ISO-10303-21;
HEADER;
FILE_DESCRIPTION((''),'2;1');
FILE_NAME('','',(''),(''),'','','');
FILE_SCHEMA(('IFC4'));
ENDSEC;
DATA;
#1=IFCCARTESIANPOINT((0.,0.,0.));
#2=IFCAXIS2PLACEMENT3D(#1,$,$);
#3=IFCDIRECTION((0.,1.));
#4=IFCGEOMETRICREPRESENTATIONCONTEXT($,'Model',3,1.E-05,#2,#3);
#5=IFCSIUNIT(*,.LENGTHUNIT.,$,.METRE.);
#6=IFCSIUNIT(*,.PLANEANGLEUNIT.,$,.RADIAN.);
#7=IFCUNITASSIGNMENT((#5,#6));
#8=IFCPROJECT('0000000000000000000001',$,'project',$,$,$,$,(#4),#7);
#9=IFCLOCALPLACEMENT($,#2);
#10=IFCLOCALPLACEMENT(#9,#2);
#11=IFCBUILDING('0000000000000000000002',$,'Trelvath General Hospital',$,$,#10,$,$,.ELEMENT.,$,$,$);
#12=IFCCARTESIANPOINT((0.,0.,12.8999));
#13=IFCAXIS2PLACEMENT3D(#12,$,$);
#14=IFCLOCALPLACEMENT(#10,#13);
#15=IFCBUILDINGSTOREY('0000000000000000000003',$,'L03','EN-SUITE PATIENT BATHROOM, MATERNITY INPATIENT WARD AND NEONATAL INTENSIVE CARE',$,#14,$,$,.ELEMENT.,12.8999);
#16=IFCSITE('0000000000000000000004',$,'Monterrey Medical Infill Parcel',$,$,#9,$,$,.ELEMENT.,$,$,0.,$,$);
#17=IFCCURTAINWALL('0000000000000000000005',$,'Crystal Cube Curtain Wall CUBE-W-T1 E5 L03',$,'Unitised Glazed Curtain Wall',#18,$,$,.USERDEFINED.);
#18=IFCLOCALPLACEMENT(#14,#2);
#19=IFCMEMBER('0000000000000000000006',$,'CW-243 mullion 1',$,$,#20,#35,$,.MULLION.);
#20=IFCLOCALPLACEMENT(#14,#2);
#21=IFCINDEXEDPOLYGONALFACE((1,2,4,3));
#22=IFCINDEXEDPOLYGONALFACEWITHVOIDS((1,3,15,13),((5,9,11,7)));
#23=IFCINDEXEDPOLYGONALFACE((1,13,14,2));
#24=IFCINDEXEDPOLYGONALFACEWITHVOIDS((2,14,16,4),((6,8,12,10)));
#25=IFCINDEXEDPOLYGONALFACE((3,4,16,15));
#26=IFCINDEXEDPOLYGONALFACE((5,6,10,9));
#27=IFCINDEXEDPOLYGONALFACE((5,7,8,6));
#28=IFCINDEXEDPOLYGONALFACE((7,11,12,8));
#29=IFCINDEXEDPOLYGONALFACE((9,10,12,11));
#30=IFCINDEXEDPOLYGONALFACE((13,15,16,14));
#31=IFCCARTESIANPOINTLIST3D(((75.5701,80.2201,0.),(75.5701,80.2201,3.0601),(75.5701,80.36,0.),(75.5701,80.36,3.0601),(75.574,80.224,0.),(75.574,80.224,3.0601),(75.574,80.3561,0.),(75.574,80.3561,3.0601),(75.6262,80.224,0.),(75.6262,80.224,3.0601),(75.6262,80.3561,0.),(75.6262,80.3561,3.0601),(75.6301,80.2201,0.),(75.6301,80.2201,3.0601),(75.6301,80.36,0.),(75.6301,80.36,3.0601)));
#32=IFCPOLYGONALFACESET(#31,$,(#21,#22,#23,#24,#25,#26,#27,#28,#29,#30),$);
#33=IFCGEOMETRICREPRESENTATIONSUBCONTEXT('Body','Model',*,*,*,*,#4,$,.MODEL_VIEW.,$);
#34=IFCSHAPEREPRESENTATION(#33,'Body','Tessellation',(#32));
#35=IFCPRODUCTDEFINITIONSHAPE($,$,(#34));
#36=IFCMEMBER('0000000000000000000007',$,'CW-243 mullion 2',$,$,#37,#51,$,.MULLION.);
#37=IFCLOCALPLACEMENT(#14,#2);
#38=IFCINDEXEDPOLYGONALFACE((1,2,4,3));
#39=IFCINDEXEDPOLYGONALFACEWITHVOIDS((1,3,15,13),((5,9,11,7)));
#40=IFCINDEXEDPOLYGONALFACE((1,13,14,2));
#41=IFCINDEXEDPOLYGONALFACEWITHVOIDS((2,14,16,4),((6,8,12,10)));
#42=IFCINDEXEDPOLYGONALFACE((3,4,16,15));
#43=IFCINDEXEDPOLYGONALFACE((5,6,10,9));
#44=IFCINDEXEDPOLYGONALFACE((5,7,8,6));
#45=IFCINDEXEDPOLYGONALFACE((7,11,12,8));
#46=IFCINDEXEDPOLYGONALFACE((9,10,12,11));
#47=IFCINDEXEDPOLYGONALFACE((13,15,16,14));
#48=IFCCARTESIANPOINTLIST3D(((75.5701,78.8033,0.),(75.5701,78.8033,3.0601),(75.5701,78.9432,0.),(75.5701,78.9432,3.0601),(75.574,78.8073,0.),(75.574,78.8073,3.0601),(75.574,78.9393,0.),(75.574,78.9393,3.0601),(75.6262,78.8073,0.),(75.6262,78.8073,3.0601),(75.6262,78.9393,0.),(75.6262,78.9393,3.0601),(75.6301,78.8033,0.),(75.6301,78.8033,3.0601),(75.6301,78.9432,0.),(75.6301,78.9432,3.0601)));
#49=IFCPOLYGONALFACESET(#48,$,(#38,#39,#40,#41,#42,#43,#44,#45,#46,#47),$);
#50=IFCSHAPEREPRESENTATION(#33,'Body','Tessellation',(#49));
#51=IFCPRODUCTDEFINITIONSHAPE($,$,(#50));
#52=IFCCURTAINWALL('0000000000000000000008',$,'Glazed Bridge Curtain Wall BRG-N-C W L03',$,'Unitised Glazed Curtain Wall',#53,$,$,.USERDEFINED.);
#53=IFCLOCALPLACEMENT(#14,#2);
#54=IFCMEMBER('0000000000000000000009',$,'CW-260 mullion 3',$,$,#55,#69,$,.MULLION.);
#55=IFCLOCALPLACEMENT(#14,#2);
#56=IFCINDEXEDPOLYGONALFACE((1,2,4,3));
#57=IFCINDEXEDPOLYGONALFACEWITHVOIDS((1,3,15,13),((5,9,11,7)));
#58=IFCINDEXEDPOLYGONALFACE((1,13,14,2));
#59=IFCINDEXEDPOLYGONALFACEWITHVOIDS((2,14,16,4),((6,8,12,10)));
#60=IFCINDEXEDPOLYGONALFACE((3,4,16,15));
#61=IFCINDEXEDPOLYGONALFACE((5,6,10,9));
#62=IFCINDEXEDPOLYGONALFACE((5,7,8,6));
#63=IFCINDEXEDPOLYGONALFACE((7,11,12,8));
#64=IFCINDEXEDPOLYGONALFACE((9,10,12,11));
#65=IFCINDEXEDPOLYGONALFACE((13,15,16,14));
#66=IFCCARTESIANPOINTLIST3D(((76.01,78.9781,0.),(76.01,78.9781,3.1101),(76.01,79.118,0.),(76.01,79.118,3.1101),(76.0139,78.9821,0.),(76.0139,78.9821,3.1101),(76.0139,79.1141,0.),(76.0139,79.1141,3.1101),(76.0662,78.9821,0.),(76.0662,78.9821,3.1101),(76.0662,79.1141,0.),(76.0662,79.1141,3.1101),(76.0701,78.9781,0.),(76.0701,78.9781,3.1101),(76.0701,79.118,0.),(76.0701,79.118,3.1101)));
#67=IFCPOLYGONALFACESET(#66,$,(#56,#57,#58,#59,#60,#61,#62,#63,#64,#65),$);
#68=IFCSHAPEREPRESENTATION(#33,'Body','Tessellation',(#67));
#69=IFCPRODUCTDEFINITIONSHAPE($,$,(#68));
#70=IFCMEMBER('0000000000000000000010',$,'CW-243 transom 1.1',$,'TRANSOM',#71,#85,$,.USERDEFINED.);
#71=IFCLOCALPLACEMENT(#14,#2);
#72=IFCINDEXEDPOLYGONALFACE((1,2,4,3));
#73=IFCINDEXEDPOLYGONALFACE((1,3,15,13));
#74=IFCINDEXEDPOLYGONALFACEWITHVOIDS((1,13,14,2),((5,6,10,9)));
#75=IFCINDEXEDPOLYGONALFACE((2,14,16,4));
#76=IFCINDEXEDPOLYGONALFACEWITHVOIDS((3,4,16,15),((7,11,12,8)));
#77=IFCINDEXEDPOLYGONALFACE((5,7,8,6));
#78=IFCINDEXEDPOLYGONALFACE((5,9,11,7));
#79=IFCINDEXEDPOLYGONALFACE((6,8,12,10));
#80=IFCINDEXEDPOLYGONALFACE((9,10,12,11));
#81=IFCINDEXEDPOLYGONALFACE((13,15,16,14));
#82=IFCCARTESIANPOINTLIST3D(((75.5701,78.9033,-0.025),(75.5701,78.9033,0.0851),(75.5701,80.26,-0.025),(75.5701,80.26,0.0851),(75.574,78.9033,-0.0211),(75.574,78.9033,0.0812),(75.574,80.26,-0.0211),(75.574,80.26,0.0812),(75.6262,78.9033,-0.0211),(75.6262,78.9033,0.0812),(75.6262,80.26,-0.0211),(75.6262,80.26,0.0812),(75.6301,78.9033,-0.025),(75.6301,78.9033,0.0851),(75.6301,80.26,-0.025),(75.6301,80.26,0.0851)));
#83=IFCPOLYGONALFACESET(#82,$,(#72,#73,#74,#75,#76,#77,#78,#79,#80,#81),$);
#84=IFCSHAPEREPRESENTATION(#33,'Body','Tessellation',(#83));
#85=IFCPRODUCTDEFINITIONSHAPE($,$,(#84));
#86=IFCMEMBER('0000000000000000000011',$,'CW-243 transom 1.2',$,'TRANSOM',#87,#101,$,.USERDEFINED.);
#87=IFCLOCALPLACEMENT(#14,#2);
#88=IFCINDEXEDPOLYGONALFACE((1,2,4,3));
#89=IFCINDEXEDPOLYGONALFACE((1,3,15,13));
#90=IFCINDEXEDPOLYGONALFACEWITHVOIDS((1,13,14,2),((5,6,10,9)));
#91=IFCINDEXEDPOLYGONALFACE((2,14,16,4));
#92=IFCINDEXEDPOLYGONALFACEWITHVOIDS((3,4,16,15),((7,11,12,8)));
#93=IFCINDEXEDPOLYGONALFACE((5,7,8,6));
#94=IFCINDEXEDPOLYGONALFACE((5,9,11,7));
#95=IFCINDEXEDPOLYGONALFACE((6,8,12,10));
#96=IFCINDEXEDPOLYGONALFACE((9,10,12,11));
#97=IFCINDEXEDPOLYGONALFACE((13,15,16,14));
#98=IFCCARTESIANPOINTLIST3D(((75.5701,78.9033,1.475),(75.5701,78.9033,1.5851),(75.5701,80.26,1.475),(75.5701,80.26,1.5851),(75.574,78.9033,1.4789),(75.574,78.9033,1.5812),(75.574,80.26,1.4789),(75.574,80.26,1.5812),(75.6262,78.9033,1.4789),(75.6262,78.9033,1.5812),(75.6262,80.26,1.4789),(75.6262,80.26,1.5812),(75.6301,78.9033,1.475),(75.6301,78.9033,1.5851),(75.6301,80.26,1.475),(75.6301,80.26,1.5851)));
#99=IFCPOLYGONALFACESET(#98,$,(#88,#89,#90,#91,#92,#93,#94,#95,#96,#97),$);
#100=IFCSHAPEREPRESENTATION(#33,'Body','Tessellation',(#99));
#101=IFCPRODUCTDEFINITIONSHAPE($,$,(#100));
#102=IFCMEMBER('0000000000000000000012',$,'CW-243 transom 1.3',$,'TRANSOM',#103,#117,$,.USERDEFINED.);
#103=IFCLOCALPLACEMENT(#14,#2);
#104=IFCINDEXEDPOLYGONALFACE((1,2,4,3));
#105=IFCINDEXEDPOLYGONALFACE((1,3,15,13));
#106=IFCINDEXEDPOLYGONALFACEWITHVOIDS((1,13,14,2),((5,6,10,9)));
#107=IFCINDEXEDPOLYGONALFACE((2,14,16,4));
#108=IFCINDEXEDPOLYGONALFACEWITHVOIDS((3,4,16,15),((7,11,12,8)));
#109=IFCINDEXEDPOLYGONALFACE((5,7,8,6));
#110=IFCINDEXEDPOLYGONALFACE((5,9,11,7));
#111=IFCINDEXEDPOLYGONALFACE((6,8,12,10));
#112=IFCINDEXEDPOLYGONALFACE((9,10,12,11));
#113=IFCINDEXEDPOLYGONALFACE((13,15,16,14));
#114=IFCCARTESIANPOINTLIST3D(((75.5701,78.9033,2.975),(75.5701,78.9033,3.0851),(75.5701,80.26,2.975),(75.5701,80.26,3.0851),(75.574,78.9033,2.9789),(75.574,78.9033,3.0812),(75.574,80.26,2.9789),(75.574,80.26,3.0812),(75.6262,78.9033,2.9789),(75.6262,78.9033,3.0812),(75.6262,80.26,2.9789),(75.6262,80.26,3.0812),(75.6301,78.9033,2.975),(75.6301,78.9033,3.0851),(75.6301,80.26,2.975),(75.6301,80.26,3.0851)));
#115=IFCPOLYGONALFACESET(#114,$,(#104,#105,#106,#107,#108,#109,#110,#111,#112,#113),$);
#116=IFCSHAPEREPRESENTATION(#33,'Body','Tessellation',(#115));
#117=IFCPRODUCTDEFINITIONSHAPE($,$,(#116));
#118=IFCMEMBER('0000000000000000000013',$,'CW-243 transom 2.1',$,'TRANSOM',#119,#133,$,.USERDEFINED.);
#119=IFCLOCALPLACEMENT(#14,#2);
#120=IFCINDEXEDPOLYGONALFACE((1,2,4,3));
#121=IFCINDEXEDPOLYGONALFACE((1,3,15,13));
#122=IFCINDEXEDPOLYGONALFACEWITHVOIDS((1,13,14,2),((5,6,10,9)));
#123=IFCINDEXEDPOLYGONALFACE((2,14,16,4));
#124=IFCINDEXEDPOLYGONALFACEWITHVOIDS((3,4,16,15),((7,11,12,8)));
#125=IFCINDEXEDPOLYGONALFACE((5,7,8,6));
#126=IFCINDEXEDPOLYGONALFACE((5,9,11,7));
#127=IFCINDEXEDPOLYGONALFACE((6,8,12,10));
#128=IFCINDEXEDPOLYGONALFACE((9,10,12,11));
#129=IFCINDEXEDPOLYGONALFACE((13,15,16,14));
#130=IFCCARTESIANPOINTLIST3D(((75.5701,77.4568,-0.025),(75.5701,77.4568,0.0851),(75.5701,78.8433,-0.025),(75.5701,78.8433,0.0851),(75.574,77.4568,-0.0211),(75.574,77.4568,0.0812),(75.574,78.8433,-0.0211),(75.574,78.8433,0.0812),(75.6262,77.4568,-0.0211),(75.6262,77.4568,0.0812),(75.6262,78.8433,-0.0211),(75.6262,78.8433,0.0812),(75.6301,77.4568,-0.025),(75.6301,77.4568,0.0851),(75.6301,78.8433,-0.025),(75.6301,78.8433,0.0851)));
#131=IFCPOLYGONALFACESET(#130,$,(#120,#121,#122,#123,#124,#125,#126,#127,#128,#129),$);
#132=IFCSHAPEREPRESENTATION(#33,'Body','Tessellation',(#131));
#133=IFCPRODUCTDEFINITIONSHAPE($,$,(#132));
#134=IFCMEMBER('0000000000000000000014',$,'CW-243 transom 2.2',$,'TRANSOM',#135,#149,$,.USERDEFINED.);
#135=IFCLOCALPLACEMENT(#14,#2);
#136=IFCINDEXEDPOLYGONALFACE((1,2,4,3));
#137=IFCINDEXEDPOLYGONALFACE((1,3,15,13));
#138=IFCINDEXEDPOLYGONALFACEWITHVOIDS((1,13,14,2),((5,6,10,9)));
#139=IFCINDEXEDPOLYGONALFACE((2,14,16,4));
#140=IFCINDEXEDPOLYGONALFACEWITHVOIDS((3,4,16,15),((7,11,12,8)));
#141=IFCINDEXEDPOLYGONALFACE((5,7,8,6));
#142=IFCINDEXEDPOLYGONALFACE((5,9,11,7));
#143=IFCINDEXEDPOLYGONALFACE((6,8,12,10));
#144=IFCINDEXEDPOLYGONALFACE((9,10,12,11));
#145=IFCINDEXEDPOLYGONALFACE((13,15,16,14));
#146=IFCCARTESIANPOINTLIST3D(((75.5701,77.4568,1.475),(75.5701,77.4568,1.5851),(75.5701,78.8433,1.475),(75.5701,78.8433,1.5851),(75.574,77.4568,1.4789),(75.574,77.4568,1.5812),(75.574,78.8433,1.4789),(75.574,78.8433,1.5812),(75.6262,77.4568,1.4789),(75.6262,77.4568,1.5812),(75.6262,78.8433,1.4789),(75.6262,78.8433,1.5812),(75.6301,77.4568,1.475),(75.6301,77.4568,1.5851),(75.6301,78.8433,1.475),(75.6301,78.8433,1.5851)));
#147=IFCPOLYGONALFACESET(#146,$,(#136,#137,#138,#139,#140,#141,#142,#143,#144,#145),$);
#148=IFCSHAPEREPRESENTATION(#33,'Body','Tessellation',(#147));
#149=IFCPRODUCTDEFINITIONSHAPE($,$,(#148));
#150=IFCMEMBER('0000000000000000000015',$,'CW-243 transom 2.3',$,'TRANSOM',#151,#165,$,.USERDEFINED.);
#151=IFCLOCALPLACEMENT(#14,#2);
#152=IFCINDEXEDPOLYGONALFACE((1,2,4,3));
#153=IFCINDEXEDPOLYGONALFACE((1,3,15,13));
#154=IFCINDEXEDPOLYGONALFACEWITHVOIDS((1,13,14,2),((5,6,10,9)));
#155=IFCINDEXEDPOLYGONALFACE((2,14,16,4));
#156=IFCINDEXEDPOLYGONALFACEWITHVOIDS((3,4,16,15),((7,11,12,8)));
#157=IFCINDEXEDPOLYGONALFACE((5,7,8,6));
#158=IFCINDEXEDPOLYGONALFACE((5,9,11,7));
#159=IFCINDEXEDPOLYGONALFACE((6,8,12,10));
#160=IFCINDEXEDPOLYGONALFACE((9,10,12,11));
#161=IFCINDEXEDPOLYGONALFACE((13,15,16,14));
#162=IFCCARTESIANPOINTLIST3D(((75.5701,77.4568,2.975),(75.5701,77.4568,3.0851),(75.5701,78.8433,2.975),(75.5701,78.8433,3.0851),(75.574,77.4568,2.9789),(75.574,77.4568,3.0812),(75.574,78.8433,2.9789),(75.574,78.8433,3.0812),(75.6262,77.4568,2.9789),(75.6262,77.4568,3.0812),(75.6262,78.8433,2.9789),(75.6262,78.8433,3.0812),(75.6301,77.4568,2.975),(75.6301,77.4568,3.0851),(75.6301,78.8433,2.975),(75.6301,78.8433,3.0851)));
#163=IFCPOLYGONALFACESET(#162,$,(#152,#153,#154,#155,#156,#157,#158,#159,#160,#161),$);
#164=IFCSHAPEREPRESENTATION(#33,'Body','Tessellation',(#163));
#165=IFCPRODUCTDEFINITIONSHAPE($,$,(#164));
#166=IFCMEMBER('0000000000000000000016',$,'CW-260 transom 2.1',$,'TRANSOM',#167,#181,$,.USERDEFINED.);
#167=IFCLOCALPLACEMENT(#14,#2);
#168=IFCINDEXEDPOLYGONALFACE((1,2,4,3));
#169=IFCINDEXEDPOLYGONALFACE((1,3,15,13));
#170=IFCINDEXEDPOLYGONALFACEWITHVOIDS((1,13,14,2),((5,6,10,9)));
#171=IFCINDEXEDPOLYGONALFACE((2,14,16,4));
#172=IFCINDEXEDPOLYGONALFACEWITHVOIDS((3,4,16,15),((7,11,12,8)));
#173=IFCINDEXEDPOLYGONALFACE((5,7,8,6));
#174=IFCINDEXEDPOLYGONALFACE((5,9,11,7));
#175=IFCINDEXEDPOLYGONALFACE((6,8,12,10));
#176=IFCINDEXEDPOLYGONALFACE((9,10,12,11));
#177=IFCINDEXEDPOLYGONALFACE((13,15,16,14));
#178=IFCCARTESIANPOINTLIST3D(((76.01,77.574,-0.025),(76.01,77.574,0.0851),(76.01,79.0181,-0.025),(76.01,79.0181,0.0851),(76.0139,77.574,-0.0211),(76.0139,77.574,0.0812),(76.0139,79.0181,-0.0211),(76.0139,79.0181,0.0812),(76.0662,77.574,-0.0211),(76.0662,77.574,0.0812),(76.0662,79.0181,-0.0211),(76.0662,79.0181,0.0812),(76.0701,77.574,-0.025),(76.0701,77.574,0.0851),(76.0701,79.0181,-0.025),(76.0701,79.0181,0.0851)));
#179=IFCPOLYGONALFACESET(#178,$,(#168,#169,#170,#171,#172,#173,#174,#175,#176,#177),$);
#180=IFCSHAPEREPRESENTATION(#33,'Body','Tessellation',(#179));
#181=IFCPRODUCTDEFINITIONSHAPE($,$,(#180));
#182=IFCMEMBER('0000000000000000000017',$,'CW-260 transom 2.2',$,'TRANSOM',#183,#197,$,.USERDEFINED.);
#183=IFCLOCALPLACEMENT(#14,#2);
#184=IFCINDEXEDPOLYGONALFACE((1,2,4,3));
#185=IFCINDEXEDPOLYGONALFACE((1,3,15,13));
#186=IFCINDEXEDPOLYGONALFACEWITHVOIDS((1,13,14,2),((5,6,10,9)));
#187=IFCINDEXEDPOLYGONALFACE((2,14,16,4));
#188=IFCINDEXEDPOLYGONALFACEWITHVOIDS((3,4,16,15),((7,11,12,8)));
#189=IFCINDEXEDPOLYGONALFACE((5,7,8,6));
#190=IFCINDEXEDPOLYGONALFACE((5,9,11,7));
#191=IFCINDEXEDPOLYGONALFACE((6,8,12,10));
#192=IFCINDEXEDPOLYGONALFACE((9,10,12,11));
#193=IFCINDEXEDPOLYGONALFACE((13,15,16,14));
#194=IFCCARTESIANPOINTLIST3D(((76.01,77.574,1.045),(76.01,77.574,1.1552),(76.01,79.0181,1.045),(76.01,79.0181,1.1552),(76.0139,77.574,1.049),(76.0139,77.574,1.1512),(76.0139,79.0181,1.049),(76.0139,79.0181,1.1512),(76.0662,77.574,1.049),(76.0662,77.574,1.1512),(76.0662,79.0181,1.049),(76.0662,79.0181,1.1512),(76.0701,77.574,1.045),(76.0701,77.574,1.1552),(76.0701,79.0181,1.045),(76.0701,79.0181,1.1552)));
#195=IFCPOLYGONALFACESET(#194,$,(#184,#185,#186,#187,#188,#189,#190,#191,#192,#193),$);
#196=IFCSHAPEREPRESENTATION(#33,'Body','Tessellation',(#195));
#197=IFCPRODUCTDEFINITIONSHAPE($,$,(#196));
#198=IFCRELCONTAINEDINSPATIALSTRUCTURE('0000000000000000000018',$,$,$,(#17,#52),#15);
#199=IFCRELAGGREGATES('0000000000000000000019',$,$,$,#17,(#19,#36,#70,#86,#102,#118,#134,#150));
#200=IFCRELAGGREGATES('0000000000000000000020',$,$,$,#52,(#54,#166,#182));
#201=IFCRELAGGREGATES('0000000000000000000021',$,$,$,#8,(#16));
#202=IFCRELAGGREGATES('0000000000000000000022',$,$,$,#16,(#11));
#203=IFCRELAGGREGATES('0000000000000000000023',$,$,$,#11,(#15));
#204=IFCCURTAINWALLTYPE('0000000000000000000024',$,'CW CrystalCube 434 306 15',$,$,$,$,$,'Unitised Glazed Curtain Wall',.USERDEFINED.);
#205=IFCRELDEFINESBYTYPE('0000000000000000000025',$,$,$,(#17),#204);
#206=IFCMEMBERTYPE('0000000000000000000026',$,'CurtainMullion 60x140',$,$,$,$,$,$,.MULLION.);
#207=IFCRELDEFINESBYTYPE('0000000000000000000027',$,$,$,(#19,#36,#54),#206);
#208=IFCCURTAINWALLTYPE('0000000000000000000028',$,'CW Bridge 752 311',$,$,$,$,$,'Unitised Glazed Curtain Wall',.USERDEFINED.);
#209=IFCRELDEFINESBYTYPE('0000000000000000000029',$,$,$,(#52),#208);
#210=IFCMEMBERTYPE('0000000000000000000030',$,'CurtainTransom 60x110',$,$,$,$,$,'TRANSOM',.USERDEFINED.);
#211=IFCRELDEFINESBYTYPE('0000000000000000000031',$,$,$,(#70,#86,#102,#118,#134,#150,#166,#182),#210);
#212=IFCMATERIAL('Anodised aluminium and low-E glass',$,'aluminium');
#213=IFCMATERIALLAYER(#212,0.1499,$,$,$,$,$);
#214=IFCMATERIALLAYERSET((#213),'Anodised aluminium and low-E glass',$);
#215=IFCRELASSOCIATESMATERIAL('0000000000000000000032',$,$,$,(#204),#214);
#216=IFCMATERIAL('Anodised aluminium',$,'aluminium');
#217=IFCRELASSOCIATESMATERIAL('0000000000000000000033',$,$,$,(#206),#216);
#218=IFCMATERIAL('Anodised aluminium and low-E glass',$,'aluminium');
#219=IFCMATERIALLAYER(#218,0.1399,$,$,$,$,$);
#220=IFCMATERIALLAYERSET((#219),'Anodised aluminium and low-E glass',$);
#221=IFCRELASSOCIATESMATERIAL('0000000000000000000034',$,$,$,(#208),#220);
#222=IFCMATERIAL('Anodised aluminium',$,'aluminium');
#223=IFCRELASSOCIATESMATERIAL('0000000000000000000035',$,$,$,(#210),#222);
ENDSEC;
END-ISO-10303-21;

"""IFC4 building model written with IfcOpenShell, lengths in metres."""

from ifc_helpers import new_model, si_unit, direction, frame, origin, origin_2d, place, context, subcontext, project, spatial, hollow_rectangle, extrude, material, layer, layer_set, material_profile, profile_set, type_object, element, aggregate, save


model = new_model("IFC4")

# Units and contexts
model_context = context("Model", 3, precision=1e-05, world=origin(), true_north=direction((0.0, 1.0)))
body_context = subcontext(model_context, "Body", "Model", "MODEL_VIEW")
ifc_project = project(units=[si_unit("LENGTHUNIT", "METRE"), si_unit("PLANEANGLEUNIT", "RADIAN")], contexts=[model_context])

# Site, building, storey
site_placement = place(None, origin())
site = spatial("IfcSite", under=ifc_project, at=site_placement, Name="Monterrey Medical Infill Parcel", CompositionType="ELEMENT", RefElevation=0.0)
building_placement = place(site_placement, origin())
building = spatial("IfcBuilding", under=site, at=building_placement, Name="Trelvath General Hospital", CompositionType="ELEMENT")
storey_placement = place(building_placement, frame((0.0, 0.0, 12.8999)))
storey = spatial("IfcBuildingStorey", under=building, at=storey_placement, Name="L03", Description="EN-SUITE PATIENT BATHROOM, MATERNITY INPATIENT WARD AND NEONATAL INTENSIVE CARE", CompositionType="ELEMENT", Elevation=12.8999)

# Curtain wall, members
ifc_material_1 = material(Name="Anodised aluminium and low-E glass", Category="aluminium")
ifc_layer_1 = layer(ifc_material_1, 0.1499)
ifc_layer_set_1 = layer_set([ifc_layer_1], Name="Anodised aluminium and low-E glass")
curtain_wall_type_1 = type_object("IfcCurtainWallType", Name="CW CrystalCube 434 306 15", ElementType="Unitised Glazed Curtain Wall", PredefinedType="USERDEFINED", material=ifc_layer_set_1)
curtain_wall_1_placement = place(storey_placement, origin())
curtain_wall_1 = element("IfcCurtainWall", 1, at=curtain_wall_1_placement, inside=storey, type_object=curtain_wall_type_1, Name="Crystal Cube Curtain Wall CUBE-W-T1 E5 L03", ObjectType="Unitised Glazed Curtain Wall", PredefinedType="USERDEFINED")
ifc_material_2 = material(Name="Anodised aluminium", Category="aluminium")
ifc_material_profile_1 = material_profile(ifc_material_2, hollow_rectangle(XDim=0.0601, YDim=0.1399, WallThickness=0.0039, at=origin_2d()), Name="RHS60x140x4")
ifc_profile_set_1 = profile_set([ifc_material_profile_1], Name="Anodised aluminium")
member_type_1 = type_object("IfcMemberType", Name="CurtainMullion 60x140", PredefinedType="MULLION", material=ifc_profile_set_1)
member_1_placement = place(storey_placement, frame((75.6001, 80.29, 0.0), z_axis=(0.0, 0.0, 1.0), x_axis=(1.0, 0.0, 0.0)))
member_1 = element("IfcMember", 2, at=member_1_placement, type_object=member_type_1, Name="CW-243 mullion 1", PredefinedType="MULLION", context=body_context, shape_type="SweptSolid", body=[
    extrude(hollow_rectangle(XDim=0.0601, YDim=0.1399, WallThickness=0.0039, at=origin_2d()), origin(), (0.0, 0.0, 1.0), 3.0601),
])
member_2_placement = place(storey_placement, frame((75.6001, 78.8733, 0.0), z_axis=(0.0, 0.0, 1.0), x_axis=(1.0, 0.0, 0.0)))
member_2 = element("IfcMember", 3, at=member_2_placement, type_object=member_type_1, Name="CW-243 mullion 2", PredefinedType="MULLION", context=body_context, shape_type="SweptSolid", body=[
    extrude(hollow_rectangle(XDim=0.0601, YDim=0.1399, WallThickness=0.0039, at=origin_2d()), origin(), (0.0, 0.0, 1.0), 3.0601),
])

# Curtain wall, member
ifc_material_3 = material(Name="Anodised aluminium and low-E glass", Category="aluminium")
ifc_layer_2 = layer(ifc_material_3, 0.1399)
ifc_layer_set_2 = layer_set([ifc_layer_2], Name="Anodised aluminium and low-E glass")
curtain_wall_type_2 = type_object("IfcCurtainWallType", Name="CW Bridge 752 311", ElementType="Unitised Glazed Curtain Wall", PredefinedType="USERDEFINED", material=ifc_layer_set_2)
curtain_wall_2_placement = place(storey_placement, origin())
curtain_wall_2 = element("IfcCurtainWall", 4, at=curtain_wall_2_placement, inside=storey, type_object=curtain_wall_type_2, Name="Glazed Bridge Curtain Wall BRG-N-C W L03", ObjectType="Unitised Glazed Curtain Wall", PredefinedType="USERDEFINED")
member_3_placement = place(storey_placement, frame((76.04, 79.0481, 0.0), z_axis=(0.0, 0.0, 1.0), x_axis=(-1.0, 0.0, 0.0)))
member_3 = element("IfcMember", 5, at=member_3_placement, type_object=member_type_1, Name="CW-260 mullion 3", PredefinedType="MULLION", context=body_context, shape_type="SweptSolid", body=[
    extrude(hollow_rectangle(XDim=0.0601, YDim=0.1399, WallThickness=0.0039, at=origin_2d()), origin(), (0.0, 0.0, 1.0), 3.1101),
])

# Members
ifc_material_4 = material(Name="Anodised aluminium", Category="aluminium")
ifc_material_profile_2 = material_profile(ifc_material_4, hollow_rectangle(XDim=0.0601, YDim=0.1101, WallThickness=0.0039, at=origin_2d()), Name="RHS60x110x4")
ifc_profile_set_2 = profile_set([ifc_material_profile_2], Name="Anodised aluminium")
member_type_2 = type_object("IfcMemberType", Name="CurtainTransom 60x110", ElementType="TRANSOM", PredefinedType="USERDEFINED", material=ifc_profile_set_2)
member_4_placement = place(storey_placement, frame((75.6001, 80.26, 0.03), z_axis=(0.0, -1.0, 0.0), x_axis=(1.0, 0.0, 0.0)))
member_4 = element("IfcMember", 6, at=member_4_placement, type_object=member_type_2, Name="CW-243 transom 1.1", ObjectType="TRANSOM", PredefinedType="USERDEFINED", context=body_context, shape_type="SweptSolid", body=[
    extrude(hollow_rectangle(XDim=0.0601, YDim=0.1101, WallThickness=0.0039, at=origin_2d()), origin(), (0.0, 0.0, 1.0), 1.3567),
])
member_5_placement = place(storey_placement, frame((75.6001, 80.26, 1.53), z_axis=(0.0, -1.0, 0.0), x_axis=(1.0, 0.0, 0.0)))
member_5 = element("IfcMember", 7, at=member_5_placement, type_object=member_type_2, Name="CW-243 transom 1.2", ObjectType="TRANSOM", PredefinedType="USERDEFINED", context=body_context, shape_type="SweptSolid", body=[
    extrude(hollow_rectangle(XDim=0.0601, YDim=0.1101, WallThickness=0.0039, at=origin_2d()), origin(), (0.0, 0.0, 1.0), 1.3567),
])
member_6_placement = place(storey_placement, frame((75.6001, 80.26, 3.03), z_axis=(0.0, -1.0, 0.0), x_axis=(1.0, 0.0, 0.0)))
member_6 = element("IfcMember", 8, at=member_6_placement, type_object=member_type_2, Name="CW-243 transom 1.3", ObjectType="TRANSOM", PredefinedType="USERDEFINED", context=body_context, shape_type="SweptSolid", body=[
    extrude(hollow_rectangle(XDim=0.0601, YDim=0.1101, WallThickness=0.0039, at=origin_2d()), origin(), (0.0, 0.0, 1.0), 1.3567),
])
member_7_placement = place(storey_placement, frame((75.6001, 78.8433, 0.03), z_axis=(0.0, -1.0, 0.0), x_axis=(1.0, 0.0, 0.0)))
member_7 = element("IfcMember", 9, at=member_7_placement, type_object=member_type_2, Name="CW-243 transom 2.1", ObjectType="TRANSOM", PredefinedType="USERDEFINED", context=body_context, shape_type="SweptSolid", body=[
    extrude(hollow_rectangle(XDim=0.0601, YDim=0.1101, WallThickness=0.0039, at=origin_2d()), origin(), (0.0, 0.0, 1.0), 1.3865),
])
member_8_placement = place(storey_placement, frame((75.6001, 78.8433, 1.53), z_axis=(0.0, -1.0, 0.0), x_axis=(1.0, 0.0, 0.0)))
member_8 = element("IfcMember", 10, at=member_8_placement, type_object=member_type_2, Name="CW-243 transom 2.2", ObjectType="TRANSOM", PredefinedType="USERDEFINED", context=body_context, shape_type="SweptSolid", body=[
    extrude(hollow_rectangle(XDim=0.0601, YDim=0.1101, WallThickness=0.0039, at=origin_2d()), origin(), (0.0, 0.0, 1.0), 1.3865),
])
member_9_placement = place(storey_placement, frame((75.6001, 78.8433, 3.03), z_axis=(0.0, -1.0, 0.0), x_axis=(1.0, 0.0, 0.0)))
member_9 = element("IfcMember", 11, at=member_9_placement, type_object=member_type_2, Name="CW-243 transom 2.3", ObjectType="TRANSOM", PredefinedType="USERDEFINED", context=body_context, shape_type="SweptSolid", body=[
    extrude(hollow_rectangle(XDim=0.0601, YDim=0.1101, WallThickness=0.0039, at=origin_2d()), origin(), (0.0, 0.0, 1.0), 1.3865),
])
member_10_placement = place(storey_placement, frame((76.04, 77.574, 0.03), z_axis=(0.0, 1.0, 0.0), x_axis=(-1.0, 0.0, 0.0)))
member_10 = element("IfcMember", 12, at=member_10_placement, type_object=member_type_2, Name="CW-260 transom 2.1", ObjectType="TRANSOM", PredefinedType="USERDEFINED", context=body_context, shape_type="SweptSolid", body=[
    extrude(hollow_rectangle(XDim=0.0601, YDim=0.1101, WallThickness=0.0039, at=origin_2d()), origin(), (0.0, 0.0, 1.0), 1.4441),
])
member_11_placement = place(storey_placement, frame((76.04, 77.574, 1.1001), z_axis=(0.0, 1.0, 0.0), x_axis=(-1.0, 0.0, 0.0)))
member_11 = element("IfcMember", 13, at=member_11_placement, type_object=member_type_2, Name="CW-260 transom 2.2", ObjectType="TRANSOM", PredefinedType="USERDEFINED", context=body_context, shape_type="SweptSolid", body=[
    extrude(hollow_rectangle(XDim=0.0601, YDim=0.1101, WallThickness=0.0039, at=origin_2d()), origin(), (0.0, 0.0, 1.0), 1.4441),
])

aggregate(curtain_wall_1, [member_1, member_2, member_4, member_5, member_6, member_7, member_8, member_9])
aggregate(curtain_wall_2, [member_3, member_10, member_11])

save(model, "model.ifc")
